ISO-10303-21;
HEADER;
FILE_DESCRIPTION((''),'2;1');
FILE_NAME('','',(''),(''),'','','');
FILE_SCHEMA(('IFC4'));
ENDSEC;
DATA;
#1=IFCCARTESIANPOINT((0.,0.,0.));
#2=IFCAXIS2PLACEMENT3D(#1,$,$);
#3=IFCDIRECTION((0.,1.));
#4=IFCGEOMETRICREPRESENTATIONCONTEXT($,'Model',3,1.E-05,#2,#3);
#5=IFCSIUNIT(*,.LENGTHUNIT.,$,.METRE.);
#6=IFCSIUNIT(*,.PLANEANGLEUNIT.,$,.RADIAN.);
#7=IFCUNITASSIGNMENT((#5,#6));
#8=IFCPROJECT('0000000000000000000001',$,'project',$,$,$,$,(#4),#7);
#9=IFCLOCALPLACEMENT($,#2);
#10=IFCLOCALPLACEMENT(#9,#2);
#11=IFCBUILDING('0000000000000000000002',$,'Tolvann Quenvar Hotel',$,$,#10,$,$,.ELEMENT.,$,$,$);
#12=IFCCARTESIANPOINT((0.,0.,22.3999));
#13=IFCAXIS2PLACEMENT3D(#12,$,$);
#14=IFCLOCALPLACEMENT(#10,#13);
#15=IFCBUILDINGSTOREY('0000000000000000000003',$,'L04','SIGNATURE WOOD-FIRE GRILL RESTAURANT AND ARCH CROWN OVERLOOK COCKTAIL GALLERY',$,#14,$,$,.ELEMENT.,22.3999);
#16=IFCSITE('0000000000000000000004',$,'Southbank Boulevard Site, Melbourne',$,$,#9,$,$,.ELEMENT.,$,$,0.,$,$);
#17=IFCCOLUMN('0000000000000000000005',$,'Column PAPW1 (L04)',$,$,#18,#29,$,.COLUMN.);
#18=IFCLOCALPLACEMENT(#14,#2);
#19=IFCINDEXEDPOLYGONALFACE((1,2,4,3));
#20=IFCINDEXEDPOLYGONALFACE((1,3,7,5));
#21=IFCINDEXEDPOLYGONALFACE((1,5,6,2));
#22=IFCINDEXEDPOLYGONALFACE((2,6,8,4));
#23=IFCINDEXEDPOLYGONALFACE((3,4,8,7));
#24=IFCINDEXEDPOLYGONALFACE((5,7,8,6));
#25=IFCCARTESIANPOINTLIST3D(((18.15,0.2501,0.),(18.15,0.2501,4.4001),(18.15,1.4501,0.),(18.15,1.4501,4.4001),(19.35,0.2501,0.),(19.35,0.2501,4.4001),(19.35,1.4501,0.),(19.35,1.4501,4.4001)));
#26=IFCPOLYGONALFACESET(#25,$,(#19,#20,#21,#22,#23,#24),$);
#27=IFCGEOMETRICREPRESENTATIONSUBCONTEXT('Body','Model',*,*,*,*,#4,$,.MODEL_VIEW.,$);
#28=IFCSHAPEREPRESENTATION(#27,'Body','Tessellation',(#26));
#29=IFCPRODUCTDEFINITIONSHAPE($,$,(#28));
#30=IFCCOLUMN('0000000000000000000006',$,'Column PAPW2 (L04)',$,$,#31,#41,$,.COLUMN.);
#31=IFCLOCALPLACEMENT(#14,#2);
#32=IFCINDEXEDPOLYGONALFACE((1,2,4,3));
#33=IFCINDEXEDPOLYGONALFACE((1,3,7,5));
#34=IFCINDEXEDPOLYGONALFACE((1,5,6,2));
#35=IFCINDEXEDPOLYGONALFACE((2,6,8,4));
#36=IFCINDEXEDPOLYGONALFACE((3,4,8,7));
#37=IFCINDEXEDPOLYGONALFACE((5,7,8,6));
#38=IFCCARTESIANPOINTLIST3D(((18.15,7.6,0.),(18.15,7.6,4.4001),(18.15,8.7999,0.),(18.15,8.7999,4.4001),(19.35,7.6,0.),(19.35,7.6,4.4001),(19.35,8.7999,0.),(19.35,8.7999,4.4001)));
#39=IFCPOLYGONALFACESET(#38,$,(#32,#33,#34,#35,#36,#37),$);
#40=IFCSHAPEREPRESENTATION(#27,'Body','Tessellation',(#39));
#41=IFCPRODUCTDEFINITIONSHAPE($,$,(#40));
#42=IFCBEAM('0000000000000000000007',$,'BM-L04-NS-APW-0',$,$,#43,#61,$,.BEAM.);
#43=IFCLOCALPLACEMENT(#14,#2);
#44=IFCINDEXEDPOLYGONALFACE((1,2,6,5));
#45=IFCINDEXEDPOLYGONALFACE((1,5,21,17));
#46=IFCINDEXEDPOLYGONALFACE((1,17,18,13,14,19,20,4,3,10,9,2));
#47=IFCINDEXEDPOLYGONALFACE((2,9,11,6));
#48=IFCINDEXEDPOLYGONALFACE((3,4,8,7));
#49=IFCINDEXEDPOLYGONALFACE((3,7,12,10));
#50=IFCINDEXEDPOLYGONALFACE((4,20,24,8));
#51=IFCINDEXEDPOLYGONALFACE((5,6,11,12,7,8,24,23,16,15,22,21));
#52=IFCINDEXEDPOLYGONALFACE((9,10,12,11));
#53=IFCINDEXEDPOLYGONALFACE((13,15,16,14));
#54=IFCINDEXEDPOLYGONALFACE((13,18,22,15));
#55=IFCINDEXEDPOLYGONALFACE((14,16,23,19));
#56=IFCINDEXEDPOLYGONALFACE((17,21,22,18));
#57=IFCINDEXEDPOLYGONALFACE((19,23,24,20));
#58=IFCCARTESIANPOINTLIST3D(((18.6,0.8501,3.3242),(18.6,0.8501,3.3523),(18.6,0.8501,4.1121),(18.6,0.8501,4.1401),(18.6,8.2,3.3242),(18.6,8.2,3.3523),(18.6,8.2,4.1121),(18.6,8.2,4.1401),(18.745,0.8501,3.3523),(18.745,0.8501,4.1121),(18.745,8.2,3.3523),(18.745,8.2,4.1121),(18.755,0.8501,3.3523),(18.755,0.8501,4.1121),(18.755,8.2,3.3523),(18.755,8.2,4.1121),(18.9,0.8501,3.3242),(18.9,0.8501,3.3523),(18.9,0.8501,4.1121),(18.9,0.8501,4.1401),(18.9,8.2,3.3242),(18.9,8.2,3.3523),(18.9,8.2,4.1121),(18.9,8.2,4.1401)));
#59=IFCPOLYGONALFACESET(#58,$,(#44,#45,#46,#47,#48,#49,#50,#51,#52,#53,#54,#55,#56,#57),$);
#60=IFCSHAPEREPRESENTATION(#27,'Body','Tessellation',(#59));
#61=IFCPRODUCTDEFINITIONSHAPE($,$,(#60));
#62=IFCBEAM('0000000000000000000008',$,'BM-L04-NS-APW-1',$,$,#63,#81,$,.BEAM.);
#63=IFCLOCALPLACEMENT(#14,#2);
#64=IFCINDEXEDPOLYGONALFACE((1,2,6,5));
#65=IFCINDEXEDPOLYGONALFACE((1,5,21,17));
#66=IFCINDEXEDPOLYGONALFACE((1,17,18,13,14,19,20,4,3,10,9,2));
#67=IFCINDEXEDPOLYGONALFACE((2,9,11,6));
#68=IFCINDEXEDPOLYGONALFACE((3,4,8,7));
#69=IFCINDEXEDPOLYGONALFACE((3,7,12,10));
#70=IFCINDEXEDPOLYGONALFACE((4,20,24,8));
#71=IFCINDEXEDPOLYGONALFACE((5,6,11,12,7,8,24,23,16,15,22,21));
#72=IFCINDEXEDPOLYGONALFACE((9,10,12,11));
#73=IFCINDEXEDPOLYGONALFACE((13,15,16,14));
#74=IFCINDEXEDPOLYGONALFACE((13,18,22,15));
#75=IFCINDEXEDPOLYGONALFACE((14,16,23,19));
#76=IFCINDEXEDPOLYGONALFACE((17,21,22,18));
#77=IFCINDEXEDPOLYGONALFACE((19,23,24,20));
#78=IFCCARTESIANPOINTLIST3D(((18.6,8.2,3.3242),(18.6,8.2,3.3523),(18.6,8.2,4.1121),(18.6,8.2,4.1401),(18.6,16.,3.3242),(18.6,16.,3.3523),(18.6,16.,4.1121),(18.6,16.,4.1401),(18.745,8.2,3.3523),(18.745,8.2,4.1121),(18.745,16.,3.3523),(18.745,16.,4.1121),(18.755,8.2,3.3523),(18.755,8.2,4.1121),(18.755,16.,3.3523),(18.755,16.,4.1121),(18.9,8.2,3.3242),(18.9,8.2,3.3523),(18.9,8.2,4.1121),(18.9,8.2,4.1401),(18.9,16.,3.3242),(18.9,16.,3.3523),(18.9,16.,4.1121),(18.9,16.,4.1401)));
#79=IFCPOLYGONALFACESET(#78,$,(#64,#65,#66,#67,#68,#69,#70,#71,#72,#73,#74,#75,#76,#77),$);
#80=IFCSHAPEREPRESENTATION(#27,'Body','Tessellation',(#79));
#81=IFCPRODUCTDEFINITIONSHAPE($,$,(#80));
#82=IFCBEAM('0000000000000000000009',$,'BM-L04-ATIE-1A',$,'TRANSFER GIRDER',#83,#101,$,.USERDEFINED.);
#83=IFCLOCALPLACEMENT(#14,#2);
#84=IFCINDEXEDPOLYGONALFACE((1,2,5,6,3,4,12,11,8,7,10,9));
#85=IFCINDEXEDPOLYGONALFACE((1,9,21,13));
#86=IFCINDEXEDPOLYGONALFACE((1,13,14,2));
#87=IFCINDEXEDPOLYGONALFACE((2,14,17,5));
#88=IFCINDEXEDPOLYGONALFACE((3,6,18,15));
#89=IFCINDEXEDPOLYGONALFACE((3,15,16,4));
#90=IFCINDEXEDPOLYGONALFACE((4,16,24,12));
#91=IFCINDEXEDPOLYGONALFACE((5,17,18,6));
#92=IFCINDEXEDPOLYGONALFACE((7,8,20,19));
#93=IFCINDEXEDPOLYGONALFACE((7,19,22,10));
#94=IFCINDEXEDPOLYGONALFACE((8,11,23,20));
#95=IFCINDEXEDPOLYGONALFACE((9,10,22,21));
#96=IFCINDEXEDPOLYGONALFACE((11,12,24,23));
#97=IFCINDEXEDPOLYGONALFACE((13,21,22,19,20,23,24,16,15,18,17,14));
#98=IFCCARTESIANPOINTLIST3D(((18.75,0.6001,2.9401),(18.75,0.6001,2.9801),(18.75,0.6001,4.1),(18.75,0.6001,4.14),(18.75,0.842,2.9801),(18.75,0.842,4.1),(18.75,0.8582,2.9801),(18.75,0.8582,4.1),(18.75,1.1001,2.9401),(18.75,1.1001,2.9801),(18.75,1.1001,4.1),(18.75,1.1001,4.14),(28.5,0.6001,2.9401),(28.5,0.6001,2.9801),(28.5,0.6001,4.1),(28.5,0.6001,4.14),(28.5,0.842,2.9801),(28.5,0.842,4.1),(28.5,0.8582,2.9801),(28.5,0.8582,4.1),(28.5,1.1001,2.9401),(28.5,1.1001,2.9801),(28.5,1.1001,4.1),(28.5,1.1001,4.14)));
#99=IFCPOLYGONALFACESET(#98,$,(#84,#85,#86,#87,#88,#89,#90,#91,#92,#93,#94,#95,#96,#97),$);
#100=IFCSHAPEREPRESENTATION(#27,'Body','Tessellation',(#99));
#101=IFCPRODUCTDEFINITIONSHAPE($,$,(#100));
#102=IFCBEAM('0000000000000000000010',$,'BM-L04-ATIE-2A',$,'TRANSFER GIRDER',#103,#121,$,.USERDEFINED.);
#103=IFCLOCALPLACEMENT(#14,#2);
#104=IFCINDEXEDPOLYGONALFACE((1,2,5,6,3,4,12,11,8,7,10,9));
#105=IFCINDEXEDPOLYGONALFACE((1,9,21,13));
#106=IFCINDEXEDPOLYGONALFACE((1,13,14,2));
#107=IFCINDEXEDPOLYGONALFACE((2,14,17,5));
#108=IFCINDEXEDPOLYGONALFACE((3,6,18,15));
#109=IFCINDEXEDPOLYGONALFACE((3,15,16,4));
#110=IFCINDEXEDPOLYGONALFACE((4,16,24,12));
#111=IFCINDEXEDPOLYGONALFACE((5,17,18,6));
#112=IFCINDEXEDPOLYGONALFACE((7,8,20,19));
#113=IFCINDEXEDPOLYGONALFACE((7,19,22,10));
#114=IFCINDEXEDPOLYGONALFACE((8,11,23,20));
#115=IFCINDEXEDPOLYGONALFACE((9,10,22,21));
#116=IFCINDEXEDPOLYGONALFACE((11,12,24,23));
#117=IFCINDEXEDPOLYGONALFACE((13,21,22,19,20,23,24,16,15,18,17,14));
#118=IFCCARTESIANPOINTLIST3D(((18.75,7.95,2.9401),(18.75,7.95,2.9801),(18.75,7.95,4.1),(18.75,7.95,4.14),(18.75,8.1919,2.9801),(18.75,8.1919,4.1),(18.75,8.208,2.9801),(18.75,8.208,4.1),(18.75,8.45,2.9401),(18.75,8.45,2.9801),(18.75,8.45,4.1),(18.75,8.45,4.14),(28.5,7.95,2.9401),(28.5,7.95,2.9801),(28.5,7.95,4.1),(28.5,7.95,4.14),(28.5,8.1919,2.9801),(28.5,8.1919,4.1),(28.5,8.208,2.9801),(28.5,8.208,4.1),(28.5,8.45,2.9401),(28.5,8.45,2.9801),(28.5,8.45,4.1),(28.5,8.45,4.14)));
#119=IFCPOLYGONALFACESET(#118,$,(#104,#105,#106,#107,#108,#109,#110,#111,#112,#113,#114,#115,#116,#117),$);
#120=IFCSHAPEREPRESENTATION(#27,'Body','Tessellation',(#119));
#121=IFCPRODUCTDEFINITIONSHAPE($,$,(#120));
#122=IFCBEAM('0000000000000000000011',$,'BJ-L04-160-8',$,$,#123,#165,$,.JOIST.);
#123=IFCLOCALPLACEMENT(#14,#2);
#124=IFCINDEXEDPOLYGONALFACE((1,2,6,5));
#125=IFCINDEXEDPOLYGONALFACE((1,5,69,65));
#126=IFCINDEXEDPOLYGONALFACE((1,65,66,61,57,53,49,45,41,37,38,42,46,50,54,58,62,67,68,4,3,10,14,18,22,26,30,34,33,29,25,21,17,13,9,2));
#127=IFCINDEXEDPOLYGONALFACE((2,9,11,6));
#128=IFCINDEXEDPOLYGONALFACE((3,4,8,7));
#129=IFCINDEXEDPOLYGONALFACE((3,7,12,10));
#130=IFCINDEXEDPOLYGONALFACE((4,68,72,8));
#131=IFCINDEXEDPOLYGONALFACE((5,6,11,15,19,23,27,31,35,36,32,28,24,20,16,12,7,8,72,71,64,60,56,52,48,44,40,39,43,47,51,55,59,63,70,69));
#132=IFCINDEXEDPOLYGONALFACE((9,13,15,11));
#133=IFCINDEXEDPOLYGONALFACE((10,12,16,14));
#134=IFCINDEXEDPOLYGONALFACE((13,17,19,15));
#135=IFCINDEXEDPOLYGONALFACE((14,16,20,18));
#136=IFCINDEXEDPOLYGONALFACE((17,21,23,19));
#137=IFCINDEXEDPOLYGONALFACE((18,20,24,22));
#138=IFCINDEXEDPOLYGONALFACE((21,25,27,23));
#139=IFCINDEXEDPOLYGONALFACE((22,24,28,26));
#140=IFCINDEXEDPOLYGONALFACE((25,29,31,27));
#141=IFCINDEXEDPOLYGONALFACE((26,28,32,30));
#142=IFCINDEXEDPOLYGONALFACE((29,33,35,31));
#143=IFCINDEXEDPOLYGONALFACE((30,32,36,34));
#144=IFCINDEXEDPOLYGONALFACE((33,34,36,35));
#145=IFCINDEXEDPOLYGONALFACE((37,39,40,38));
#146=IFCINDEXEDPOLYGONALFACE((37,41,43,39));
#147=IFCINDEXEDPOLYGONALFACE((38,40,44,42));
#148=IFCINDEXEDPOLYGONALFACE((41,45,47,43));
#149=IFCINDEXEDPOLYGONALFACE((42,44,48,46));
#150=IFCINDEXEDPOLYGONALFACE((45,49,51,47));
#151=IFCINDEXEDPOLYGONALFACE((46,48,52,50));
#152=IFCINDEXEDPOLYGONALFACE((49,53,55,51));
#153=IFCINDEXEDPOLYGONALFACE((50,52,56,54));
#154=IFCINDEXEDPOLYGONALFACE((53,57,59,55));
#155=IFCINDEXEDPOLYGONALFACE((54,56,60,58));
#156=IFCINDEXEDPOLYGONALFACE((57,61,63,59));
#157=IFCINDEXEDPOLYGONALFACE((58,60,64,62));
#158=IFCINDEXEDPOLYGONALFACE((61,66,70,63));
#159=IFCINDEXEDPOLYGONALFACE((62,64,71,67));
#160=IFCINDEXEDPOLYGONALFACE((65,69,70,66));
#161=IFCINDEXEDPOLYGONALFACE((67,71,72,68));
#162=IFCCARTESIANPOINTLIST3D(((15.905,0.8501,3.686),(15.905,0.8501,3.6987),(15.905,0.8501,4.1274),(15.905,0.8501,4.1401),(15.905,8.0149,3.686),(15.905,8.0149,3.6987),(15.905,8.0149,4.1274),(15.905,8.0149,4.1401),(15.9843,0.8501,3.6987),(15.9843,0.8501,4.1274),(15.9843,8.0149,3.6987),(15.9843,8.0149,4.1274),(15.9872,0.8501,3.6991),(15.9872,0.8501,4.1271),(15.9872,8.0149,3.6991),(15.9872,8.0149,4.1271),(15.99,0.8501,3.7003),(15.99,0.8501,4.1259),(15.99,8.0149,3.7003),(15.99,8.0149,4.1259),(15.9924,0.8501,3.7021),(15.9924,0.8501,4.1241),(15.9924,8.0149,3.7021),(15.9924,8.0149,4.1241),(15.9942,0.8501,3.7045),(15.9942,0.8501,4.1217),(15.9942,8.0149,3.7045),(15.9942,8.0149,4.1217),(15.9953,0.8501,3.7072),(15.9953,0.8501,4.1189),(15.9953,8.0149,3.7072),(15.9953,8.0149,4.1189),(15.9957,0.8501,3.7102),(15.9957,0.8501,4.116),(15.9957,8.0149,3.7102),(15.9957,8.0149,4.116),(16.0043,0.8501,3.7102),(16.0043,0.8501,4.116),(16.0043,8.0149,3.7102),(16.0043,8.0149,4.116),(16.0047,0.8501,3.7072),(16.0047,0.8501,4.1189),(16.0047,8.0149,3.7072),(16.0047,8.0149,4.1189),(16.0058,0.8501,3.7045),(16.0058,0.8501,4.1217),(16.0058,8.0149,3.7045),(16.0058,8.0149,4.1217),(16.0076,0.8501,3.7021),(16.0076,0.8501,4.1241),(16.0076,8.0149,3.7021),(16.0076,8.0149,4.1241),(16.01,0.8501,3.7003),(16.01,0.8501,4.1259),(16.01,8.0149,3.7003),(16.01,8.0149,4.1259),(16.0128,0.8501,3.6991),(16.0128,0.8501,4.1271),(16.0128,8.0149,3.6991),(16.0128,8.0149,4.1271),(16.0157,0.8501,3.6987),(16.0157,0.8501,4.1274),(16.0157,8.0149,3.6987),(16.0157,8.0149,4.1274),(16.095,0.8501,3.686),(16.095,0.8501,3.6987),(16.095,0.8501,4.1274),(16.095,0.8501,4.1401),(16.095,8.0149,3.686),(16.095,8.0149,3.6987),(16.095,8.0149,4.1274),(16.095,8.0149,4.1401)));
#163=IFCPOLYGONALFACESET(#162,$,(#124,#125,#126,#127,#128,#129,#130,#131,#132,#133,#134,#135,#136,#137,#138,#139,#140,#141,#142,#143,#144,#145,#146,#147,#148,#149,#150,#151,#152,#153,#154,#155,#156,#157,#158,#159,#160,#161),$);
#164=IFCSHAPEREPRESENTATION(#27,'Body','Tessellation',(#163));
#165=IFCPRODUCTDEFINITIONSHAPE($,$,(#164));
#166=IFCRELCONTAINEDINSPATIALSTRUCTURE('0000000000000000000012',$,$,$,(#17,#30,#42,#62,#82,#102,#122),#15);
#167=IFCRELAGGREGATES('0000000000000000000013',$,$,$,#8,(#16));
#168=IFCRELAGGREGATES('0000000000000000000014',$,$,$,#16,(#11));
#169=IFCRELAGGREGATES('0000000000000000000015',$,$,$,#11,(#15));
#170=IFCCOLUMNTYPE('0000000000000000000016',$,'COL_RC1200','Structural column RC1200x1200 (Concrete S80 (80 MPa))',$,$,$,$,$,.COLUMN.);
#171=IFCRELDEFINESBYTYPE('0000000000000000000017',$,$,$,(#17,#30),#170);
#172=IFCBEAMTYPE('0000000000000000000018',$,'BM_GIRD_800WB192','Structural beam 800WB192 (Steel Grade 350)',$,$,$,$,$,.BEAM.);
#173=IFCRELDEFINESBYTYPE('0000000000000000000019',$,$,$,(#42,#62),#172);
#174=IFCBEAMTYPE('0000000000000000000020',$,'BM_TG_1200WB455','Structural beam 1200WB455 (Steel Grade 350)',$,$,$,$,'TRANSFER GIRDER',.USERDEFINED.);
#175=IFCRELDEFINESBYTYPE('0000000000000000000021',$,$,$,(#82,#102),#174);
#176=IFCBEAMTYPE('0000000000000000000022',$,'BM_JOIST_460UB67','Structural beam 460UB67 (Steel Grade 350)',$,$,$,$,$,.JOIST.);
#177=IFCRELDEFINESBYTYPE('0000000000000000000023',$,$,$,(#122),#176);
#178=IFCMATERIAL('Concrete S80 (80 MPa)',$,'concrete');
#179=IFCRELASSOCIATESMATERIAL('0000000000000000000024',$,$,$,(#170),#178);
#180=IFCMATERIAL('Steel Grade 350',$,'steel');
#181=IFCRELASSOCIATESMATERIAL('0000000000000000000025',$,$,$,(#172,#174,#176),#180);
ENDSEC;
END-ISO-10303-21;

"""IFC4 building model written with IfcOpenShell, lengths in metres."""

from ifc_helpers import new_model, si_unit, direction, frame, origin, origin_2d, place, context, subcontext, project, spatial, rectangle, i_section, extrude, source, transform, mapped, material, material_profile, profile_set, type_object, type_shapes, element, save


model = new_model("IFC4")

# Units and contexts
model_context = context("Model", 3, precision=1e-05, world=origin(), true_north=direction((0.0, 1.0)))
body_context = subcontext(model_context, "Body", "Model", "MODEL_VIEW")
ifc_project = project(units=[si_unit("LENGTHUNIT", "METRE"), si_unit("PLANEANGLEUNIT", "RADIAN")], contexts=[model_context])

# Site, building, storey
site_placement = place(None, origin())
site = spatial("IfcSite", under=ifc_project, at=site_placement, Name="Southbank Boulevard Site, Melbourne", CompositionType="ELEMENT", RefElevation=0.0)
building_placement = place(site_placement, origin())
building = spatial("IfcBuilding", under=site, at=building_placement, Name="Tolvann Quenvar Hotel", CompositionType="ELEMENT")
storey_placement = place(building_placement, frame((0.0, 0.0, 22.3999)))
storey = spatial("IfcBuildingStorey", under=building, at=storey_placement, Name="L04", Description="SIGNATURE WOOD-FIRE GRILL RESTAURANT AND ARCH CROWN OVERLOOK COCKTAIL GALLERY", CompositionType="ELEMENT", Elevation=22.3999)

# Columns
ifc_material_1 = material(Name="Concrete S80 (80 MPa)", Category="concrete")
ifc_material_profile_1 = material_profile(ifc_material_1, rectangle(XDim=1.2, YDim=1.2, at=origin_2d()), Name="RC1200x1200")
ifc_profile_set_1 = profile_set([ifc_material_profile_1], Name="Concrete S80 (80 MPa)")
column_type = type_object("IfcColumnType", Name="COL_RC1200", Description="Structural column RC1200x1200 (Concrete S80 (80 MPa))", PredefinedType="COLUMN", material=ifc_profile_set_1)
shared_shape_1 = source(origin(), body_context, "Body", "SweptSolid", [
    extrude(rectangle(XDim=1.2, YDim=1.2, at=origin_2d()), origin(), (0.0, 0.0, 1.0), 4.4001),
])
type_shapes(column_type, [shared_shape_1])
for number, where, z_axis, x_axis, name in (
    (1, (18.75, 0.8501, 0.0), (0.0, 0.0, 1.0), (1.0, 0.0, 0.0), "Column PAPW1 (L04)"),
    (2, (18.75, 8.2, 0.0), (0.0, 0.0, 1.0), (1.0, 0.0, 0.0), "Column PAPW2 (L04)"),
):
    element("IfcColumn", number, at=place(storey_placement, frame(where, z_axis=z_axis, x_axis=x_axis)), inside=storey, type_object=column_type, Name=name, PredefinedType="COLUMN", context=body_context, shape_type="MappedRepresentation", body=[
        mapped(shared_shape_1, transform((0.0, 0.0, 0.0), x_axis=(1.0, 0.0, 0.0), y_axis=(0.0, 1.0, 0.0), z_axis=(0.0, 0.0, 1.0), scale=1.0)),
    ])

# Beams
ifc_material_2 = material(Name="Steel Grade 350", Category="steel")
ifc_material_profile_2 = material_profile(ifc_material_2, i_section(OverallWidth=0.3, OverallDepth=0.8159, WebThickness=0.01, FlangeThickness=0.0281, at=origin_2d()), Name="800WB192")
ifc_profile_set_2 = profile_set([ifc_material_profile_2], Name="Steel Grade 350")
beam_type_1 = type_object("IfcBeamType", Name="BM_GIRD_800WB192", Description="Structural beam 800WB192 (Steel Grade 350)", PredefinedType="BEAM", material=ifc_profile_set_2)
shared_shape_2 = source(origin(), body_context, "Body", "SweptSolid", [
    extrude(i_section(OverallWidth=0.3, OverallDepth=0.8159, WebThickness=0.01, FlangeThickness=0.0281, at=origin_2d()), origin(), (0.0, 0.0, 1.0), 7.3499),
])
beam_1_placement = place(storey_placement, frame((18.75, 0.8501, 3.7322), z_axis=(0.0, 1.0, 0.0), x_axis=(-1.0, 0.0, 0.0)))
element("IfcBeam", 3, at=beam_1_placement, inside=storey, type_object=beam_type_1, Name="BM-L04-NS-APW-0", PredefinedType="BEAM", context=body_context, shape_type="MappedRepresentation", body=[
    mapped(shared_shape_2, transform((0.0, 0.0, 0.0), x_axis=(1.0, 0.0, 0.0), y_axis=(0.0, 1.0, 0.0), z_axis=(0.0, 0.0, 1.0), scale=1.0)),
])
shared_shape_3 = source(origin(), body_context, "Body", "SweptSolid", [
    extrude(i_section(OverallWidth=0.3, OverallDepth=0.8159, WebThickness=0.01, FlangeThickness=0.0281, at=origin_2d()), origin(), (0.0, 0.0, 1.0), 7.8),
])
type_shapes(beam_type_1, [shared_shape_2, shared_shape_3])
beam_2_placement = place(storey_placement, frame((18.75, 8.2, 3.7322), z_axis=(0.0, 1.0, 0.0), x_axis=(-1.0, 0.0, 0.0)))
element("IfcBeam", 4, at=beam_2_placement, inside=storey, type_object=beam_type_1, Name="BM-L04-NS-APW-1", PredefinedType="BEAM", context=body_context, shape_type="MappedRepresentation", body=[
    mapped(shared_shape_3, transform((0.0, 0.0, 0.0), x_axis=(1.0, 0.0, 0.0), y_axis=(0.0, 1.0, 0.0), z_axis=(0.0, 0.0, 1.0), scale=1.0)),
])
ifc_material_profile_3 = material_profile(ifc_material_2, i_section(OverallWidth=0.5, OverallDepth=1.2, WebThickness=0.0161, FlangeThickness=0.04, at=origin_2d()), Name="1200WB455")
ifc_profile_set_3 = profile_set([ifc_material_profile_3], Name="Steel Grade 350")
beam_type_2 = type_object("IfcBeamType", Name="BM_TG_1200WB455", Description="Structural beam 1200WB455 (Steel Grade 350)", ElementType="TRANSFER GIRDER", PredefinedType="USERDEFINED", material=ifc_profile_set_3)
shared_shape_4 = source(origin(), body_context, "Body", "SweptSolid", [
    extrude(i_section(OverallWidth=0.5, OverallDepth=1.2, WebThickness=0.0161, FlangeThickness=0.04, at=origin_2d()), origin(), (0.0, 0.0, 1.0), 9.75),
])
type_shapes(beam_type_2, [shared_shape_4])
for number, where, z_axis, x_axis, name in (
    (5, (18.75, 0.8501, 3.54), (1.0, 0.0, 0.0), (0.0, 1.0, 0.0), "BM-L04-ATIE-1A"),
    (6, (18.75, 8.2, 3.54), (1.0, 0.0, 0.0), (0.0, 1.0, 0.0), "BM-L04-ATIE-2A"),
):
    element("IfcBeam", number, at=place(storey_placement, frame(where, z_axis=z_axis, x_axis=x_axis)), inside=storey, type_object=beam_type_2, Name=name, ObjectType="TRANSFER GIRDER", PredefinedType="USERDEFINED", context=body_context, shape_type="MappedRepresentation", body=[
        mapped(shared_shape_4, transform((0.0, 0.0, 0.0), x_axis=(1.0, 0.0, 0.0), y_axis=(0.0, 1.0, 0.0), z_axis=(0.0, 0.0, 1.0), scale=1.0)),
    ])
ifc_material_profile_4 = material_profile(ifc_material_2, i_section(OverallWidth=0.1899, OverallDepth=0.4541, WebThickness=0.0085, FlangeThickness=0.0127, FilletRadius=0.0115, at=origin_2d()), Name="460UB67")
ifc_profile_set_4 = profile_set([ifc_material_profile_4], Name="Steel Grade 350")
beam_type_3 = type_object("IfcBeamType", Name="BM_JOIST_460UB67", Description="Structural beam 460UB67 (Steel Grade 350)", PredefinedType="JOIST", material=ifc_profile_set_4)
shared_shape_5 = source(origin(), body_context, "Body", "SweptSolid", [
    extrude(i_section(OverallWidth=0.1899, OverallDepth=0.4541, WebThickness=0.0085, FlangeThickness=0.0127, FilletRadius=0.0115, at=origin_2d()), origin(), (0.0, 0.0, 1.0), 7.1648),
])
beam_3_placement = place(storey_placement, frame((16.0, 0.8501, 3.9131), z_axis=(0.0, 1.0, 0.0), x_axis=(-1.0, 0.0, 0.0)))
element("IfcBeam", 7, at=beam_3_placement, inside=storey, type_object=beam_type_3, Name="BJ-L04-160-8", PredefinedType="JOIST", context=body_context, shape_type="MappedRepresentation", body=[
    mapped(shared_shape_5, transform((0.0, 0.0, 0.0), x_axis=(1.0, 0.0, 0.0), y_axis=(0.0, 1.0, 0.0), z_axis=(0.0, 0.0, 1.0), scale=1.0)),
])

save(model, "model.ifc")
